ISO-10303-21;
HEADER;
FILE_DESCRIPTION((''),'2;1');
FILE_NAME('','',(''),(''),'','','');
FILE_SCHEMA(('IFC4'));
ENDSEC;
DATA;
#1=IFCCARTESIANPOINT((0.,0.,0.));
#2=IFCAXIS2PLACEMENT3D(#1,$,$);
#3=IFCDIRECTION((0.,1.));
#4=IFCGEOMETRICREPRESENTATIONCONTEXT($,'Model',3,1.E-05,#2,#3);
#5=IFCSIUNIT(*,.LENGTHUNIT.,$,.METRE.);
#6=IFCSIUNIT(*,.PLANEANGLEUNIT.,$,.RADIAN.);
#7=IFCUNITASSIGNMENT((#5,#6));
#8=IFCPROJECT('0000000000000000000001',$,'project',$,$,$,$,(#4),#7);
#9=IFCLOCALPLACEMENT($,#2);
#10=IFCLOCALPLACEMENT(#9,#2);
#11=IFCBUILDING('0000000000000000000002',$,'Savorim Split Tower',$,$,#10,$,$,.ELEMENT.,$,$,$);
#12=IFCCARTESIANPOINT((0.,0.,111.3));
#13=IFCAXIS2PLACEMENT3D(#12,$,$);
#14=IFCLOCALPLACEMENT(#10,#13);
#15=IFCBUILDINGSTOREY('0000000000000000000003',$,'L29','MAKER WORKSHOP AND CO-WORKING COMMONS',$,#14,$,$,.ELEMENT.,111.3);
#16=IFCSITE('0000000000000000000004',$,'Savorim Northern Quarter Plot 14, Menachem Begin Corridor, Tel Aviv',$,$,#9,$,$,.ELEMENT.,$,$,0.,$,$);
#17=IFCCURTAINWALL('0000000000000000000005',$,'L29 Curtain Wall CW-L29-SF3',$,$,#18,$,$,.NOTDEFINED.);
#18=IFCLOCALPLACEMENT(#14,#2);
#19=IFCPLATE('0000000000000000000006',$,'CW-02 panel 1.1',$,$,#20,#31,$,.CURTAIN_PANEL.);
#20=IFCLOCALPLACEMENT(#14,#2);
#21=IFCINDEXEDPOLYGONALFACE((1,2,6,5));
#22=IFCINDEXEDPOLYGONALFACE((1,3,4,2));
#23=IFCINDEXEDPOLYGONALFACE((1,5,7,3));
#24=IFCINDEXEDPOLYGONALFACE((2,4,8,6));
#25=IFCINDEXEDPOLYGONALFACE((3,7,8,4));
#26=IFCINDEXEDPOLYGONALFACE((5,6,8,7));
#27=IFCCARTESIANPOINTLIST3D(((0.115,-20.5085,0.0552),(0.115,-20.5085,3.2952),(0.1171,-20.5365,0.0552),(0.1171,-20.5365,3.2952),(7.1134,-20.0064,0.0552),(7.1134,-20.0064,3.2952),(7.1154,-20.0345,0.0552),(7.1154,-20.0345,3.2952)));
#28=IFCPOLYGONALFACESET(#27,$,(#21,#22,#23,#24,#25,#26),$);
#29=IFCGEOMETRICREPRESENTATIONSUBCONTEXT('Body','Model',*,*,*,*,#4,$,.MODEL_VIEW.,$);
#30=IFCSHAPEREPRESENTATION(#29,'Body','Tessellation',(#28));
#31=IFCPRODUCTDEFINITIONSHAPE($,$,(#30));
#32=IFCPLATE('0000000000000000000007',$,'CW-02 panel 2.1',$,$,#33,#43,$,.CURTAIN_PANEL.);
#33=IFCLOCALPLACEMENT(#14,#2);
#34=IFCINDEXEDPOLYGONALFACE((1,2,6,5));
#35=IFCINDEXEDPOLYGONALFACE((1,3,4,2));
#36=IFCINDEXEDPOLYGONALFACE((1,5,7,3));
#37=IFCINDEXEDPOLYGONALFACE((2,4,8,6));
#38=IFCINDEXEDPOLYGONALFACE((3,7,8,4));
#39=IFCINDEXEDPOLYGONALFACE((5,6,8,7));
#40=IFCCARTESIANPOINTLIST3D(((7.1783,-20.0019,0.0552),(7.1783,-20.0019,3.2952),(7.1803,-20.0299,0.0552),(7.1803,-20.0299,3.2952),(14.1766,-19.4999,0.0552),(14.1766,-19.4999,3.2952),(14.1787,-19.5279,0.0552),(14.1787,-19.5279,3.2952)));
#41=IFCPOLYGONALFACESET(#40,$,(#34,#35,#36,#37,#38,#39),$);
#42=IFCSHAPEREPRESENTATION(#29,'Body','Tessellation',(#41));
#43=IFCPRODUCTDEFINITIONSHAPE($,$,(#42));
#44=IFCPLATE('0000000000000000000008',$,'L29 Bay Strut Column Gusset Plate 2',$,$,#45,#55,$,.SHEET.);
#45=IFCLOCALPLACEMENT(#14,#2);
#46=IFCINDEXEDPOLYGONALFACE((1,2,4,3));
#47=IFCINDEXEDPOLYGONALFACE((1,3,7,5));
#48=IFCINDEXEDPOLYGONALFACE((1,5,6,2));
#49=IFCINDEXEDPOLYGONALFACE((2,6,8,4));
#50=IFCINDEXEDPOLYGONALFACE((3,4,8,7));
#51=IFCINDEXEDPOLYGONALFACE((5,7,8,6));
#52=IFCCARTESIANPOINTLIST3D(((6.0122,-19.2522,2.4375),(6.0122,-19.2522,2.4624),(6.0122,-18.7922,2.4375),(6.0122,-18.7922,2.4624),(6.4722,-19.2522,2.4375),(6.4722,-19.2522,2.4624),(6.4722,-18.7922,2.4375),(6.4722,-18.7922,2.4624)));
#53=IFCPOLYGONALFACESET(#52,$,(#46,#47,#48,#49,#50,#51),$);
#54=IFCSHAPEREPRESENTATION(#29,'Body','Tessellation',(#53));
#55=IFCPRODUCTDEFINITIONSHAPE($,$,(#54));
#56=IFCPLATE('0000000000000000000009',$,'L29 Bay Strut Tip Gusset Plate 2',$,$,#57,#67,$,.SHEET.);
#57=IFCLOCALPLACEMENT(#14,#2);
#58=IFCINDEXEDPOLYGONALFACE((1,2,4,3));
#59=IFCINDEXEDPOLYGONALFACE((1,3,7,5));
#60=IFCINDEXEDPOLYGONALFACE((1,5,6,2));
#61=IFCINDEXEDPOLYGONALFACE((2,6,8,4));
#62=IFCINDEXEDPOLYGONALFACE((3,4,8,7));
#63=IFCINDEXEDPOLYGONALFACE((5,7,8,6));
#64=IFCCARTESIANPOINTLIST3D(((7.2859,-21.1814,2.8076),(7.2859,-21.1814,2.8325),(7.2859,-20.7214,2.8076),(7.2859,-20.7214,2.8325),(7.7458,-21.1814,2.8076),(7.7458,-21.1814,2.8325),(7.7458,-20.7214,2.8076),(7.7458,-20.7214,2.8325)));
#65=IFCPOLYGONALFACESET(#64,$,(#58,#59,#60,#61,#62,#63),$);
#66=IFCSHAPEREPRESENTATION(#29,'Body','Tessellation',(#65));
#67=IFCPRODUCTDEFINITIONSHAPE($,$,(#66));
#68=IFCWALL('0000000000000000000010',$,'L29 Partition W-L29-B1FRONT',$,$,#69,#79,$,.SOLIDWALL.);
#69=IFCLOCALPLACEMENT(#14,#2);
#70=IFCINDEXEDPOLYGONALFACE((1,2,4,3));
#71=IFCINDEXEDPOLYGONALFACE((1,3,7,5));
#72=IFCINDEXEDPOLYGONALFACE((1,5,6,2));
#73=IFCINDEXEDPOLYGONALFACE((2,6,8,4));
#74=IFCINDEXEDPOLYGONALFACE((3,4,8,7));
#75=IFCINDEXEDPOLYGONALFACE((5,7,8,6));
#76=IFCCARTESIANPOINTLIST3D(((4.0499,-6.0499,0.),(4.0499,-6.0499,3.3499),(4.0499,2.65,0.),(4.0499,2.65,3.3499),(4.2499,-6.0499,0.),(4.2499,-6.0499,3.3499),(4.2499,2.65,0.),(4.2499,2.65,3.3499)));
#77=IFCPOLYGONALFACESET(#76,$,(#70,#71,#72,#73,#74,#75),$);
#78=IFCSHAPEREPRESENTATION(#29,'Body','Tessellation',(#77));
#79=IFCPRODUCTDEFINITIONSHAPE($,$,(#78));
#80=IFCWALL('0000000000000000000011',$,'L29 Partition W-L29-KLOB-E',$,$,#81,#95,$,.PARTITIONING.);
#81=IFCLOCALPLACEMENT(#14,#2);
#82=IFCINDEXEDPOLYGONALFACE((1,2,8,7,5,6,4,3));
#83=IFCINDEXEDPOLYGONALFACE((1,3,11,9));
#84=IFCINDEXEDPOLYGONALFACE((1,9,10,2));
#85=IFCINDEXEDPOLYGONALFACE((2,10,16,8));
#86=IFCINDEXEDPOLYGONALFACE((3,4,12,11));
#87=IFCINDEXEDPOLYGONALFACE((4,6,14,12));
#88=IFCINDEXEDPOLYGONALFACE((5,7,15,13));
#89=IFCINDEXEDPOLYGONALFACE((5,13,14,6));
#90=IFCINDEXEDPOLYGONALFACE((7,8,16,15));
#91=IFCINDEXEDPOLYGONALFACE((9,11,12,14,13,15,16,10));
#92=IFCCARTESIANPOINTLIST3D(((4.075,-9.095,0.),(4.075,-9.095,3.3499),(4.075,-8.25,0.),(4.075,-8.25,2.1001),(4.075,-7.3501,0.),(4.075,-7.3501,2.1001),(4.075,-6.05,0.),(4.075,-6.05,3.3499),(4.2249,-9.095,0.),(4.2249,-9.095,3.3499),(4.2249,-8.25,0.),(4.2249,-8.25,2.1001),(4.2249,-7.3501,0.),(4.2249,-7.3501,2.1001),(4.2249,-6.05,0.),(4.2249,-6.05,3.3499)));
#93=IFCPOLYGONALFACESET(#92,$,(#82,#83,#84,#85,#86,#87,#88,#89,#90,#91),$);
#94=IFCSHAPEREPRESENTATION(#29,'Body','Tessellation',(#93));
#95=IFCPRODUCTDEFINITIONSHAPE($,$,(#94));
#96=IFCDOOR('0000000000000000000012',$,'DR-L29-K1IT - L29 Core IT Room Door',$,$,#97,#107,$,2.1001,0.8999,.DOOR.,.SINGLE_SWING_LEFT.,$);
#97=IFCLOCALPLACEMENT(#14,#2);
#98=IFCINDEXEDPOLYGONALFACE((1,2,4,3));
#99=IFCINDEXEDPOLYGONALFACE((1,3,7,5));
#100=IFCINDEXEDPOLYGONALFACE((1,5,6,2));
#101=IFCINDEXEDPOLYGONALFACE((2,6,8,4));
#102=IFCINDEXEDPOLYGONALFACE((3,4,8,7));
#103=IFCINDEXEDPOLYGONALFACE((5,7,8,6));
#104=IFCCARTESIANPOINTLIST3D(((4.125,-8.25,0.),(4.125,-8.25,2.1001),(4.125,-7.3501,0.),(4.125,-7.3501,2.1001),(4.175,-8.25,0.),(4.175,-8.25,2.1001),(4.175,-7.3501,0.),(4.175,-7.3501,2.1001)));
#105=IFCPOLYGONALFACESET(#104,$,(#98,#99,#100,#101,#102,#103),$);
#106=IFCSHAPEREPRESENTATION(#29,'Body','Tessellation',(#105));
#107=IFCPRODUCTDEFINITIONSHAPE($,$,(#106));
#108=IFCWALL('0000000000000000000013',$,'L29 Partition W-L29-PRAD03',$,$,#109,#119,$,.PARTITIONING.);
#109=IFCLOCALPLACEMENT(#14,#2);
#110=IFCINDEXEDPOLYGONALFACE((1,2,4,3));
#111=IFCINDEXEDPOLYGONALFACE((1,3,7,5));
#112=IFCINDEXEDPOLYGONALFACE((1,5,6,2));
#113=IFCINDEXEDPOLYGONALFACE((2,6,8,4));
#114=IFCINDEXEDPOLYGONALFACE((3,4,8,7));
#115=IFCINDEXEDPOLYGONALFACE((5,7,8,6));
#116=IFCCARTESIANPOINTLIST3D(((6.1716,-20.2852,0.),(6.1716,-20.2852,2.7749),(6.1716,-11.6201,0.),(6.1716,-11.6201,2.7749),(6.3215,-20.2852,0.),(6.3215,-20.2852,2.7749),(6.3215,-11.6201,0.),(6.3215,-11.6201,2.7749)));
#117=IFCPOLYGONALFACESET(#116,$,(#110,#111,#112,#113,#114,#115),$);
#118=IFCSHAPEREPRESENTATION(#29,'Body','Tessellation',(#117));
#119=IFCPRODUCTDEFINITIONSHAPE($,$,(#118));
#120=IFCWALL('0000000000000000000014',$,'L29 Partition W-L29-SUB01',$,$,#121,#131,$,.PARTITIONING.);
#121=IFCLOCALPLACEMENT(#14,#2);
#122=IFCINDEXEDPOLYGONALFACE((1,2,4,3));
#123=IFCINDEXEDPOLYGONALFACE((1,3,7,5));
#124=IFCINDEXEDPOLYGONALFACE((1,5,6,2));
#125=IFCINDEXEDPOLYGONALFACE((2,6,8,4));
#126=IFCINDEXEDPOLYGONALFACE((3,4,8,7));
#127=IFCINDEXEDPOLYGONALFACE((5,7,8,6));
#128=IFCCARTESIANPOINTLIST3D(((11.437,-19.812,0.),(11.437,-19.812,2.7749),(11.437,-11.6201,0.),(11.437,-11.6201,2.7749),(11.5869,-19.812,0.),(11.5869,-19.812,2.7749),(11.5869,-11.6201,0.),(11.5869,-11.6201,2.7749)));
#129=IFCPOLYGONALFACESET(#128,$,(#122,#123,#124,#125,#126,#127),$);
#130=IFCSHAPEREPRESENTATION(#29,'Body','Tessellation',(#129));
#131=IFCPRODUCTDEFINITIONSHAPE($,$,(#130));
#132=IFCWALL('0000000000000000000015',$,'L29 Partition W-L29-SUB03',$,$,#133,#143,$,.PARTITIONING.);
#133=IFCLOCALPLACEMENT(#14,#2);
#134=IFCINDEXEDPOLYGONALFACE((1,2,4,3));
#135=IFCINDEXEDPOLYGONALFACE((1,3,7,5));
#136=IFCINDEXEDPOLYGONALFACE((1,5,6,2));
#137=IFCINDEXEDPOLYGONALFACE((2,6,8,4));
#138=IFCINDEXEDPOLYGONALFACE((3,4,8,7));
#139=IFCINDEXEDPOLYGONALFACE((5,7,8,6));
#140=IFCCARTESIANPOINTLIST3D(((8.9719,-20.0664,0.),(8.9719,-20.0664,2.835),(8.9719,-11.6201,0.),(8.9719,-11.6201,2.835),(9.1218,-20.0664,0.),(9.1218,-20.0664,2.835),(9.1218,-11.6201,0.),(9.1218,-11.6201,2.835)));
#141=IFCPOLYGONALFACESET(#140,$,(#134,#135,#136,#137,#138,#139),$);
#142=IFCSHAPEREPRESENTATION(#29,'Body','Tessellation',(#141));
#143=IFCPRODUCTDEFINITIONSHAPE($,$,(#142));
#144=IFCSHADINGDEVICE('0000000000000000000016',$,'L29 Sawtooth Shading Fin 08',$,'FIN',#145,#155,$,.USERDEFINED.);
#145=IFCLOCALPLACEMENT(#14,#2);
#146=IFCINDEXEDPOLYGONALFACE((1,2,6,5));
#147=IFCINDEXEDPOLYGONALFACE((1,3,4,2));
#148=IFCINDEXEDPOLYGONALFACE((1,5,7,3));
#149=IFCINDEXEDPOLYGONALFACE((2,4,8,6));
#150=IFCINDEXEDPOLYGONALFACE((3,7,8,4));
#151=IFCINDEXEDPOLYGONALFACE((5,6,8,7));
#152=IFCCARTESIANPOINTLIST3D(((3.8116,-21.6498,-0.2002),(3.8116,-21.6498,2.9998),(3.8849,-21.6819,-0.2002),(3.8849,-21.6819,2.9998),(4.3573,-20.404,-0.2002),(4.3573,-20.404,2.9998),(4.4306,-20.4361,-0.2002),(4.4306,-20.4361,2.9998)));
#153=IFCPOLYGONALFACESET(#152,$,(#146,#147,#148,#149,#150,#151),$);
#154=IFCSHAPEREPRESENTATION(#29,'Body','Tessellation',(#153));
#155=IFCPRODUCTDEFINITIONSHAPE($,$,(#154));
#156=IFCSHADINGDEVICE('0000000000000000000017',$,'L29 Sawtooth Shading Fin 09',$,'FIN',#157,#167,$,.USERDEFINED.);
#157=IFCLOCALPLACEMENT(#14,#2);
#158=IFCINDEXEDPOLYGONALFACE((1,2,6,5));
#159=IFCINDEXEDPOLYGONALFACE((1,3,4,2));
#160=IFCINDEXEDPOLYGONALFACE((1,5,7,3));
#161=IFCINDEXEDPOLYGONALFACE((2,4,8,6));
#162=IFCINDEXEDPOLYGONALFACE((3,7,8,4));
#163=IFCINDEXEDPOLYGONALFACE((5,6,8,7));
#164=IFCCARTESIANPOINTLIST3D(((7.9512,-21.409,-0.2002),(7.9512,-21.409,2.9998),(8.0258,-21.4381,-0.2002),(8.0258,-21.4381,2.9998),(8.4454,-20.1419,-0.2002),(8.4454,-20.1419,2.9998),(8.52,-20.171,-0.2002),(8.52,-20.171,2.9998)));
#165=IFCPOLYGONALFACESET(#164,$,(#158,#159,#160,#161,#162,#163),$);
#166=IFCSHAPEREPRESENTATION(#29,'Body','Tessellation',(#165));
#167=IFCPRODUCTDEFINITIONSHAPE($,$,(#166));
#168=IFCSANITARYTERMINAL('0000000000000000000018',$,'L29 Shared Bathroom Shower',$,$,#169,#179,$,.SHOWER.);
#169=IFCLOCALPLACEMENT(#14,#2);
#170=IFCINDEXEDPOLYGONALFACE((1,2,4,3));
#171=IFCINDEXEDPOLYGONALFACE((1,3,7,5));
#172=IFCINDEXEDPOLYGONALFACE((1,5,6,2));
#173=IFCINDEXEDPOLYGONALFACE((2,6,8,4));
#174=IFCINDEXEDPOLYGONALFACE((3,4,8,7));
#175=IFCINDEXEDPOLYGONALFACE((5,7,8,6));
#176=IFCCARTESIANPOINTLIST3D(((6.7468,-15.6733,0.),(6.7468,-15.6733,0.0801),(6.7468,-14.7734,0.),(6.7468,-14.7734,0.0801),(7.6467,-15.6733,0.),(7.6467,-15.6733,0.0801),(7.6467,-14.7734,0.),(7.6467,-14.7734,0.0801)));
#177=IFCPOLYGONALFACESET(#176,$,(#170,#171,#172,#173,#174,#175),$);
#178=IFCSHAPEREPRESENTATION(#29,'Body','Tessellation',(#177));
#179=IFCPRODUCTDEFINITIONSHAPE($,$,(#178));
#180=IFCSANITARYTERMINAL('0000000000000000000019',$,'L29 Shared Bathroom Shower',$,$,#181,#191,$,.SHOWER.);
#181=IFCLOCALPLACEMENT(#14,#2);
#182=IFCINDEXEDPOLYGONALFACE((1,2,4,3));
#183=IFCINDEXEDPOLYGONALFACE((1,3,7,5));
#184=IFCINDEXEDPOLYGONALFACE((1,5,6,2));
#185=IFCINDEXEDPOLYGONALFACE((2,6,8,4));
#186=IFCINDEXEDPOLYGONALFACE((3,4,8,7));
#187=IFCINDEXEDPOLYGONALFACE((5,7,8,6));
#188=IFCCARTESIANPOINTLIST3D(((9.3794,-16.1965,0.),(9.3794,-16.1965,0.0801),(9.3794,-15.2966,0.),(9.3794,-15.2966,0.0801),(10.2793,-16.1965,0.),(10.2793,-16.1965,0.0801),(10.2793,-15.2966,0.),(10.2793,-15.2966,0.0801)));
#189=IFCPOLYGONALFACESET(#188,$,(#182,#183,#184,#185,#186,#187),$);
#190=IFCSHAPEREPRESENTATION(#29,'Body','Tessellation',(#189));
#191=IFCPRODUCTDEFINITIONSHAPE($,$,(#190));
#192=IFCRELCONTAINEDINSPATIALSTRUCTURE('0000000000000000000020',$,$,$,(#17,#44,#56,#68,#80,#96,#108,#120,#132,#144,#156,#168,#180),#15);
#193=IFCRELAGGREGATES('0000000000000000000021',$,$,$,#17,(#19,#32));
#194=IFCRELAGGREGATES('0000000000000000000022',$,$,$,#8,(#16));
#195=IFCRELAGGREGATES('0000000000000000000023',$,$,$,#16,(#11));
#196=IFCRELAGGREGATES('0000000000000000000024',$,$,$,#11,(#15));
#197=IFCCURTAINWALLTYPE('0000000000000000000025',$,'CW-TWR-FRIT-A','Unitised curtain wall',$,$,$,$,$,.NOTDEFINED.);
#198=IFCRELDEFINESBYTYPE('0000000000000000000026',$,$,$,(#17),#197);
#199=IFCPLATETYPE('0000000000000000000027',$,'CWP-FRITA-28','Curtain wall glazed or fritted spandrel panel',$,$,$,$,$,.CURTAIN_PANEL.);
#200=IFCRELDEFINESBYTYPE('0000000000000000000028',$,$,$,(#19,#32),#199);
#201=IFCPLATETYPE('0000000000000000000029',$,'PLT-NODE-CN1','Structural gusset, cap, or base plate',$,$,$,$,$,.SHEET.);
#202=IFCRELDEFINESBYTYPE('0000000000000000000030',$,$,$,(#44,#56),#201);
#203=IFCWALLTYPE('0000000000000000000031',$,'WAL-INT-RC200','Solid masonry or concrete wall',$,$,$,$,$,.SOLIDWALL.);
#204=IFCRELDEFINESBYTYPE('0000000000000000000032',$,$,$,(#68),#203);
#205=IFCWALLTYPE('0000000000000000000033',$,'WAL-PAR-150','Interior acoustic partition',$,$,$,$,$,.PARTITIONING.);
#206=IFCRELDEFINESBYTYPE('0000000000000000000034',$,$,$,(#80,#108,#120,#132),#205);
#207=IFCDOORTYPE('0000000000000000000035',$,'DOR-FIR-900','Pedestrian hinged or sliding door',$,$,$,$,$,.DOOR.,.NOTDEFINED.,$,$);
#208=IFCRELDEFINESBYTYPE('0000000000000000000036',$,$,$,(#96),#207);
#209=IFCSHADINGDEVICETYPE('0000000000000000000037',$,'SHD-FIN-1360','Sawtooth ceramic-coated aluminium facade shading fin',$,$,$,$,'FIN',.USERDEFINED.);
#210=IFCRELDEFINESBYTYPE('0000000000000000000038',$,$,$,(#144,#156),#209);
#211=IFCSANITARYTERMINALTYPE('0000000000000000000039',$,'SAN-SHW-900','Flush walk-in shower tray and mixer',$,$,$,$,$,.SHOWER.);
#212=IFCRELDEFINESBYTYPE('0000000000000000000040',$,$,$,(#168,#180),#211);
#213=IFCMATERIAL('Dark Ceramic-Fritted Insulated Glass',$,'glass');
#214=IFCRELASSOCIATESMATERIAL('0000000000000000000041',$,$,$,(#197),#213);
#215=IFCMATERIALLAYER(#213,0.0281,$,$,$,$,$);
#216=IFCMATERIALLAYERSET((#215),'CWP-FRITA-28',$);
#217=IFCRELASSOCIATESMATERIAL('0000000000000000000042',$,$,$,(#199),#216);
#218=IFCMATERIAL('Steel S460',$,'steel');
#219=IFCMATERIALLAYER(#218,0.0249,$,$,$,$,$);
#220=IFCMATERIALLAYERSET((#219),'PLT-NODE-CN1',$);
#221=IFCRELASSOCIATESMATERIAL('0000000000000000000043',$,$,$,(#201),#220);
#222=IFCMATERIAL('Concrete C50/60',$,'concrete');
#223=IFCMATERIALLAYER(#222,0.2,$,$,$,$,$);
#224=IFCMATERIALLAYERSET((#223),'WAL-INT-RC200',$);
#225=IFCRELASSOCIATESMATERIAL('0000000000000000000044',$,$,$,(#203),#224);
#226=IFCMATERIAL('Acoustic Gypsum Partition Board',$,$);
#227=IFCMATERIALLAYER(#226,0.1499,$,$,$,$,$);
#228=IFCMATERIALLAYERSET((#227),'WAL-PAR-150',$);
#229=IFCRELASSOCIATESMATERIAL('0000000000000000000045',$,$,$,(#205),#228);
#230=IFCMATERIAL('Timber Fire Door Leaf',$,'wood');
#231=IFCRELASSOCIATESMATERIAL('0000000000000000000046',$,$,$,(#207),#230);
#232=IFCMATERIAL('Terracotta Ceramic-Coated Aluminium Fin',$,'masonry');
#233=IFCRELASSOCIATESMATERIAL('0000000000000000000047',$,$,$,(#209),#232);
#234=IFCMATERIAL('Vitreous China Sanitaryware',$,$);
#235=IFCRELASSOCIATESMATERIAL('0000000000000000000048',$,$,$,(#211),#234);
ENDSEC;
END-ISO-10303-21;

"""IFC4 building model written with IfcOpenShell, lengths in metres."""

from ifc_helpers import new_model, si_unit, direction, frame, frame_2d, origin, origin_2d, place, context, subcontext, project, spatial, rectangle, extrude, material, layer, layer_set, type_object, element, fill, aggregate, save


model = new_model("IFC4")

# Units and contexts
model_context = context("Model", 3, precision=1e-05, world=origin(), true_north=direction((0.0, 1.0)))
body_context = subcontext(model_context, "Body", "Model", "MODEL_VIEW")
ifc_project = project(units=[si_unit("LENGTHUNIT", "METRE"), si_unit("PLANEANGLEUNIT", "RADIAN")], contexts=[model_context])

# Site, building, storey
site_placement = place(None, origin())
site = spatial("IfcSite", under=ifc_project, at=site_placement, Name="Savorim Northern Quarter Plot 14, Menachem Begin Corridor, Tel Aviv", CompositionType="ELEMENT", RefElevation=0.0)
building_placement = place(site_placement, origin())
building = spatial("IfcBuilding", under=site, at=building_placement, Name="Savorim Split Tower", CompositionType="ELEMENT")
storey_placement = place(building_placement, frame((0.0, 0.0, 111.3)))
storey = spatial("IfcBuildingStorey", under=building, at=storey_placement, Name="L29", Description="MAKER WORKSHOP AND CO-WORKING COMMONS", CompositionType="ELEMENT", Elevation=111.3)

# Shared definitions
ifc_material_1 = material(Name="Steel S460", Category="steel")

# Curtain wall
ifc_material_2 = material(Name="Dark Ceramic-Fritted Insulated Glass", Category="glass")
curtain_wall_type = type_object("IfcCurtainWallType", Name="CW-TWR-FRIT-A", Description="Unitised curtain wall", PredefinedType="NOTDEFINED", material=ifc_material_2)
curtain_wall_placement = place(storey_placement, origin())
curtain_wall = element("IfcCurtainWall", 1, at=curtain_wall_placement, inside=storey, type_object=curtain_wall_type, Name="L29 Curtain Wall CW-L29-SF3", PredefinedType="NOTDEFINED")

# Plates
ifc_layer_1 = layer(ifc_material_2, 0.0281)
ifc_layer_set_1 = layer_set([ifc_layer_1], Name="CWP-FRITA-28")
plate_type_1 = type_object("IfcPlateType", Name="CWP-FRITA-28", Description="Curtain wall glazed or fritted spandrel panel", PredefinedType="CURTAIN_PANEL", material=ifc_layer_set_1)
plate_1_placement = place(storey_placement, frame((3.6152, -20.2715, 0.0552), z_axis=(0.0, 0.0, 1.0), x_axis=(0.997436, 0.071557, 0.0)))
plate_1 = element("IfcPlate", 2, at=plate_1_placement, type_object=plate_type_1, Name="CW-02 panel 1.1", PredefinedType="CURTAIN_PANEL", context=body_context, shape_type="SweptSolid", body=[
    extrude(rectangle(XDim=7.0164, YDim=0.0281, at=origin_2d()), origin(), (0.0, 0.0, 1.0), 3.24),
])
plate_2_placement = place(storey_placement, frame((10.6785, -19.7649, 0.0552), z_axis=(0.0, 0.0, 1.0), x_axis=(0.997436, 0.071557, 0.0)))
plate_2 = element("IfcPlate", 3, at=plate_2_placement, type_object=plate_type_1, Name="CW-02 panel 2.1", PredefinedType="CURTAIN_PANEL", context=body_context, shape_type="SweptSolid", body=[
    extrude(rectangle(XDim=7.0164, YDim=0.0281, at=origin_2d()), origin(), (0.0, 0.0, 1.0), 3.24),
])
aggregate(curtain_wall, [plate_1, plate_2])

# Plates
ifc_layer_2 = layer(ifc_material_1, 0.0249)
ifc_layer_set_2 = layer_set([ifc_layer_2], Name="PLT-NODE-CN1")
plate_type_2 = type_object("IfcPlateType", Name="PLT-NODE-CN1", Description="Structural gusset, cap, or base plate", PredefinedType="SHEET", material=ifc_layer_set_2)
for number, where, z_axis, x_axis, name in (
    (4, (6.2422, -19.0222, 2.4375), (0.0, 0.0, 1.0), (1.0, 0.0, 0.0), "L29 Bay Strut Column Gusset Plate 2"),
    (5, (7.5159, -20.9514, 2.8076), (0.0, 0.0, 1.0), (1.0, 0.0, 0.0), "L29 Bay Strut Tip Gusset Plate 2"),
):
    element("IfcPlate", number, at=place(storey_placement, frame(where, z_axis=z_axis, x_axis=x_axis)), inside=storey, type_object=plate_type_2, Name=name, PredefinedType="SHEET", context=body_context, shape_type="SweptSolid", body=[
        extrude(rectangle(XDim=0.46, YDim=0.46, at=origin_2d()), origin(), (0.0, 0.0, 1.0), 0.0249),
    ])

# Wall
ifc_material_3 = material(Name="Concrete C50/60", Category="concrete")
ifc_layer_3 = layer(ifc_material_3, 0.2)
ifc_layer_set_3 = layer_set([ifc_layer_3], Name="WAL-INT-RC200")
wall_type_1 = type_object("IfcWallType", Name="WAL-INT-RC200", Description="Solid masonry or concrete wall", PredefinedType="SOLIDWALL", material=ifc_layer_set_3)
wall_1_placement = place(storey_placement, frame((4.1499, -6.05, 0.0), z_axis=(0.0, 0.0, 1.0), x_axis=(0.0, 1.0, 0.0)))
element("IfcWall", 6, at=wall_1_placement, inside=storey, type_object=wall_type_1, Name="L29 Partition W-L29-B1FRONT", PredefinedType="SOLIDWALL", context=body_context, shape_type="SweptSolid", body=[
    extrude(rectangle(XDim=8.7, YDim=0.2, at=frame_2d((4.3501, 0.0))), origin(), (0.0, 0.0, 1.0), 3.3499),
])

# Wall, opening, door
ifc_material_4 = material(Name="Acoustic Gypsum Partition Board")
ifc_layer_4 = layer(ifc_material_4, 0.1499)
ifc_layer_set_4 = layer_set([ifc_layer_4], Name="WAL-PAR-150")
wall_type_2 = type_object("IfcWallType", Name="WAL-PAR-150", Description="Interior acoustic partition", PredefinedType="PARTITIONING", material=ifc_layer_set_4)
wall_2_placement = place(storey_placement, frame((4.1499, -9.095, 0.0), z_axis=(0.0, 0.0, 1.0), x_axis=(0.0, 1.0, 0.0)))
wall_2 = element("IfcWall", 7, at=wall_2_placement, inside=storey, type_object=wall_type_2, Name="L29 Partition W-L29-KLOB-E", PredefinedType="PARTITIONING", context=body_context, shape_type="SweptSolid", body=[
    extrude(rectangle(XDim=3.0449, YDim=0.1499, at=frame_2d((1.5225, 0.0))), origin(), (0.0, 0.0, 1.0), 3.3499),
])
opening_placement = place(wall_2_placement, frame((0.845, 0.0, 0.0)))
opening = element("IfcOpeningElement", 8, at=opening_placement, cuts=wall_2, PredefinedType="OPENING", context=body_context, shape_type="SweptSolid", body=[
    extrude(rectangle(XDim=0.8999, YDim=2.1001, at=frame_2d((0.45, 1.05))), frame((0.0, 0.085, 0.0), z_axis=(0.0, -1.0, 0.0), x_axis=(1.0, 0.0, 0.0)), (0.0, 0.0, 1.0), 0.1699),
])
ifc_material_5 = material(Name="Timber Fire Door Leaf", Category="wood")
door_type = type_object("IfcDoorType", Name="DOR-FIR-900", Description="Pedestrian hinged or sliding door", OperationType="NOTDEFINED", PredefinedType="DOOR", material=ifc_material_5)
door_placement = place(opening_placement, origin())
door = element("IfcDoor", 9, at=door_placement, inside=storey, type_object=door_type, Name="DR-L29-K1IT - L29 Core IT Room Door", OperationType="SINGLE_SWING_LEFT", OverallHeight=2.1001, OverallWidth=0.8999, PredefinedType="DOOR", context=body_context, shape_type="SweptSolid", body=[
    extrude(rectangle(XDim=0.8999, YDim=2.1001, at=frame_2d((0.45, 1.05))), frame((0.0, 0.0249, 0.0), z_axis=(0.0, -1.0, 0.0), x_axis=(1.0, 0.0, 0.0)), (0.0, 0.0, 1.0), 0.05),
])
fill(opening, door)

# Walls
wall_3_placement = place(storey_placement, frame((6.2466, -11.6201, 0.0), z_axis=(0.0, 0.0, 1.0), x_axis=(0.0, -1.0, 0.0)))
element("IfcWall", 10, at=wall_3_placement, inside=storey, type_object=wall_type_2, Name="L29 Partition W-L29-PRAD03", PredefinedType="PARTITIONING", context=body_context, shape_type="SweptSolid", body=[
    extrude(rectangle(XDim=8.665, YDim=0.1499, at=frame_2d((4.3325, 0.0))), origin(), (0.0, 0.0, 1.0), 2.7749),
])
wall_4_placement = place(storey_placement, frame((11.512, -11.6201, 0.0), z_axis=(0.0, 0.0, 1.0), x_axis=(0.0, -1.0, 0.0)))
element("IfcWall", 11, at=wall_4_placement, inside=storey, type_object=wall_type_2, Name="L29 Partition W-L29-SUB01", PredefinedType="PARTITIONING", context=body_context, shape_type="SweptSolid", body=[
    extrude(rectangle(XDim=8.1919, YDim=0.1499, at=frame_2d((4.0959, 0.0))), origin(), (0.0, 0.0, 1.0), 2.7749),
])
wall_5_placement = place(storey_placement, frame((9.0469, -11.6201, 0.0), z_axis=(0.0, 0.0, 1.0), x_axis=(0.0, -1.0, 0.0)))
element("IfcWall", 12, at=wall_5_placement, inside=storey, type_object=wall_type_2, Name="L29 Partition W-L29-SUB03", PredefinedType="PARTITIONING", context=body_context, shape_type="SweptSolid", body=[
    extrude(rectangle(XDim=8.4463, YDim=0.1499, at=frame_2d((4.2231, 0.0))), origin(), (0.0, 0.0, 1.0), 2.835),
])

# Shading devices
ifc_material_6 = material(Name="Terracotta Ceramic-Coated Aluminium Fin", Category="masonry")
shading_device_type = type_object("IfcShadingDeviceType", Name="SHD-FIN-1360", Description="Sawtooth ceramic-coated aluminium facade shading fin", ElementType="FIN", PredefinedType="USERDEFINED", material=ifc_material_6)
for number, where, z_axis, x_axis, name in (
    (13, (4.1211, -21.043, -0.2002), (0.0, 0.0, 1.0), (-0.40123, -0.915977, 0.0), "L29 Sawtooth Shading Fin 08"),
    (14, (8.2356, -20.79, -0.2002), (0.0, 0.0, 1.0), (-0.363415, -0.931627, 0.0), "L29 Sawtooth Shading Fin 09"),
):
    element("IfcShadingDevice", number, at=place(storey_placement, frame(where, z_axis=z_axis, x_axis=x_axis)), inside=storey, type_object=shading_device_type, Name=name, ObjectType="FIN", PredefinedType="USERDEFINED", context=body_context, shape_type="SweptSolid", body=[
        extrude(rectangle(XDim=1.3601, YDim=0.0801, at=origin_2d()), origin(), (0.0, 0.0, 1.0), 3.2),
    ])

# Sanitary terminals
ifc_material_7 = material(Name="Vitreous China Sanitaryware")
sanitary_terminal_type_1 = type_object("IfcSanitaryTerminalType", Name="SAN-SHW-900", Description="Flush walk-in shower tray and mixer", PredefinedType="SHOWER", material=ifc_material_7)
for number, where, z_axis, x_axis, name in (
    (15, (7.1968, -15.2234, 0.0), (0.0, 0.0, 1.0), (1.0, 0.0, 0.0), "L29 Shared Bathroom Shower"),
    (16, (9.8293, -15.7466, 0.0), (0.0, 0.0, 1.0), (1.0, 0.0, 0.0), "L29 Shared Bathroom Shower"),
):
    element("IfcSanitaryTerminal", number, at=place(storey_placement, frame(where, z_axis=z_axis, x_axis=x_axis)), inside=storey, type_object=sanitary_terminal_type_1, Name=name, PredefinedType="SHOWER", context=body_context, shape_type="SweptSolid", body=[
        extrude(rectangle(XDim=0.8999, YDim=0.8999, at=origin_2d()), origin(), (0.0, 0.0, 1.0), 0.0801),
    ])

save(model, "model.ifc")
